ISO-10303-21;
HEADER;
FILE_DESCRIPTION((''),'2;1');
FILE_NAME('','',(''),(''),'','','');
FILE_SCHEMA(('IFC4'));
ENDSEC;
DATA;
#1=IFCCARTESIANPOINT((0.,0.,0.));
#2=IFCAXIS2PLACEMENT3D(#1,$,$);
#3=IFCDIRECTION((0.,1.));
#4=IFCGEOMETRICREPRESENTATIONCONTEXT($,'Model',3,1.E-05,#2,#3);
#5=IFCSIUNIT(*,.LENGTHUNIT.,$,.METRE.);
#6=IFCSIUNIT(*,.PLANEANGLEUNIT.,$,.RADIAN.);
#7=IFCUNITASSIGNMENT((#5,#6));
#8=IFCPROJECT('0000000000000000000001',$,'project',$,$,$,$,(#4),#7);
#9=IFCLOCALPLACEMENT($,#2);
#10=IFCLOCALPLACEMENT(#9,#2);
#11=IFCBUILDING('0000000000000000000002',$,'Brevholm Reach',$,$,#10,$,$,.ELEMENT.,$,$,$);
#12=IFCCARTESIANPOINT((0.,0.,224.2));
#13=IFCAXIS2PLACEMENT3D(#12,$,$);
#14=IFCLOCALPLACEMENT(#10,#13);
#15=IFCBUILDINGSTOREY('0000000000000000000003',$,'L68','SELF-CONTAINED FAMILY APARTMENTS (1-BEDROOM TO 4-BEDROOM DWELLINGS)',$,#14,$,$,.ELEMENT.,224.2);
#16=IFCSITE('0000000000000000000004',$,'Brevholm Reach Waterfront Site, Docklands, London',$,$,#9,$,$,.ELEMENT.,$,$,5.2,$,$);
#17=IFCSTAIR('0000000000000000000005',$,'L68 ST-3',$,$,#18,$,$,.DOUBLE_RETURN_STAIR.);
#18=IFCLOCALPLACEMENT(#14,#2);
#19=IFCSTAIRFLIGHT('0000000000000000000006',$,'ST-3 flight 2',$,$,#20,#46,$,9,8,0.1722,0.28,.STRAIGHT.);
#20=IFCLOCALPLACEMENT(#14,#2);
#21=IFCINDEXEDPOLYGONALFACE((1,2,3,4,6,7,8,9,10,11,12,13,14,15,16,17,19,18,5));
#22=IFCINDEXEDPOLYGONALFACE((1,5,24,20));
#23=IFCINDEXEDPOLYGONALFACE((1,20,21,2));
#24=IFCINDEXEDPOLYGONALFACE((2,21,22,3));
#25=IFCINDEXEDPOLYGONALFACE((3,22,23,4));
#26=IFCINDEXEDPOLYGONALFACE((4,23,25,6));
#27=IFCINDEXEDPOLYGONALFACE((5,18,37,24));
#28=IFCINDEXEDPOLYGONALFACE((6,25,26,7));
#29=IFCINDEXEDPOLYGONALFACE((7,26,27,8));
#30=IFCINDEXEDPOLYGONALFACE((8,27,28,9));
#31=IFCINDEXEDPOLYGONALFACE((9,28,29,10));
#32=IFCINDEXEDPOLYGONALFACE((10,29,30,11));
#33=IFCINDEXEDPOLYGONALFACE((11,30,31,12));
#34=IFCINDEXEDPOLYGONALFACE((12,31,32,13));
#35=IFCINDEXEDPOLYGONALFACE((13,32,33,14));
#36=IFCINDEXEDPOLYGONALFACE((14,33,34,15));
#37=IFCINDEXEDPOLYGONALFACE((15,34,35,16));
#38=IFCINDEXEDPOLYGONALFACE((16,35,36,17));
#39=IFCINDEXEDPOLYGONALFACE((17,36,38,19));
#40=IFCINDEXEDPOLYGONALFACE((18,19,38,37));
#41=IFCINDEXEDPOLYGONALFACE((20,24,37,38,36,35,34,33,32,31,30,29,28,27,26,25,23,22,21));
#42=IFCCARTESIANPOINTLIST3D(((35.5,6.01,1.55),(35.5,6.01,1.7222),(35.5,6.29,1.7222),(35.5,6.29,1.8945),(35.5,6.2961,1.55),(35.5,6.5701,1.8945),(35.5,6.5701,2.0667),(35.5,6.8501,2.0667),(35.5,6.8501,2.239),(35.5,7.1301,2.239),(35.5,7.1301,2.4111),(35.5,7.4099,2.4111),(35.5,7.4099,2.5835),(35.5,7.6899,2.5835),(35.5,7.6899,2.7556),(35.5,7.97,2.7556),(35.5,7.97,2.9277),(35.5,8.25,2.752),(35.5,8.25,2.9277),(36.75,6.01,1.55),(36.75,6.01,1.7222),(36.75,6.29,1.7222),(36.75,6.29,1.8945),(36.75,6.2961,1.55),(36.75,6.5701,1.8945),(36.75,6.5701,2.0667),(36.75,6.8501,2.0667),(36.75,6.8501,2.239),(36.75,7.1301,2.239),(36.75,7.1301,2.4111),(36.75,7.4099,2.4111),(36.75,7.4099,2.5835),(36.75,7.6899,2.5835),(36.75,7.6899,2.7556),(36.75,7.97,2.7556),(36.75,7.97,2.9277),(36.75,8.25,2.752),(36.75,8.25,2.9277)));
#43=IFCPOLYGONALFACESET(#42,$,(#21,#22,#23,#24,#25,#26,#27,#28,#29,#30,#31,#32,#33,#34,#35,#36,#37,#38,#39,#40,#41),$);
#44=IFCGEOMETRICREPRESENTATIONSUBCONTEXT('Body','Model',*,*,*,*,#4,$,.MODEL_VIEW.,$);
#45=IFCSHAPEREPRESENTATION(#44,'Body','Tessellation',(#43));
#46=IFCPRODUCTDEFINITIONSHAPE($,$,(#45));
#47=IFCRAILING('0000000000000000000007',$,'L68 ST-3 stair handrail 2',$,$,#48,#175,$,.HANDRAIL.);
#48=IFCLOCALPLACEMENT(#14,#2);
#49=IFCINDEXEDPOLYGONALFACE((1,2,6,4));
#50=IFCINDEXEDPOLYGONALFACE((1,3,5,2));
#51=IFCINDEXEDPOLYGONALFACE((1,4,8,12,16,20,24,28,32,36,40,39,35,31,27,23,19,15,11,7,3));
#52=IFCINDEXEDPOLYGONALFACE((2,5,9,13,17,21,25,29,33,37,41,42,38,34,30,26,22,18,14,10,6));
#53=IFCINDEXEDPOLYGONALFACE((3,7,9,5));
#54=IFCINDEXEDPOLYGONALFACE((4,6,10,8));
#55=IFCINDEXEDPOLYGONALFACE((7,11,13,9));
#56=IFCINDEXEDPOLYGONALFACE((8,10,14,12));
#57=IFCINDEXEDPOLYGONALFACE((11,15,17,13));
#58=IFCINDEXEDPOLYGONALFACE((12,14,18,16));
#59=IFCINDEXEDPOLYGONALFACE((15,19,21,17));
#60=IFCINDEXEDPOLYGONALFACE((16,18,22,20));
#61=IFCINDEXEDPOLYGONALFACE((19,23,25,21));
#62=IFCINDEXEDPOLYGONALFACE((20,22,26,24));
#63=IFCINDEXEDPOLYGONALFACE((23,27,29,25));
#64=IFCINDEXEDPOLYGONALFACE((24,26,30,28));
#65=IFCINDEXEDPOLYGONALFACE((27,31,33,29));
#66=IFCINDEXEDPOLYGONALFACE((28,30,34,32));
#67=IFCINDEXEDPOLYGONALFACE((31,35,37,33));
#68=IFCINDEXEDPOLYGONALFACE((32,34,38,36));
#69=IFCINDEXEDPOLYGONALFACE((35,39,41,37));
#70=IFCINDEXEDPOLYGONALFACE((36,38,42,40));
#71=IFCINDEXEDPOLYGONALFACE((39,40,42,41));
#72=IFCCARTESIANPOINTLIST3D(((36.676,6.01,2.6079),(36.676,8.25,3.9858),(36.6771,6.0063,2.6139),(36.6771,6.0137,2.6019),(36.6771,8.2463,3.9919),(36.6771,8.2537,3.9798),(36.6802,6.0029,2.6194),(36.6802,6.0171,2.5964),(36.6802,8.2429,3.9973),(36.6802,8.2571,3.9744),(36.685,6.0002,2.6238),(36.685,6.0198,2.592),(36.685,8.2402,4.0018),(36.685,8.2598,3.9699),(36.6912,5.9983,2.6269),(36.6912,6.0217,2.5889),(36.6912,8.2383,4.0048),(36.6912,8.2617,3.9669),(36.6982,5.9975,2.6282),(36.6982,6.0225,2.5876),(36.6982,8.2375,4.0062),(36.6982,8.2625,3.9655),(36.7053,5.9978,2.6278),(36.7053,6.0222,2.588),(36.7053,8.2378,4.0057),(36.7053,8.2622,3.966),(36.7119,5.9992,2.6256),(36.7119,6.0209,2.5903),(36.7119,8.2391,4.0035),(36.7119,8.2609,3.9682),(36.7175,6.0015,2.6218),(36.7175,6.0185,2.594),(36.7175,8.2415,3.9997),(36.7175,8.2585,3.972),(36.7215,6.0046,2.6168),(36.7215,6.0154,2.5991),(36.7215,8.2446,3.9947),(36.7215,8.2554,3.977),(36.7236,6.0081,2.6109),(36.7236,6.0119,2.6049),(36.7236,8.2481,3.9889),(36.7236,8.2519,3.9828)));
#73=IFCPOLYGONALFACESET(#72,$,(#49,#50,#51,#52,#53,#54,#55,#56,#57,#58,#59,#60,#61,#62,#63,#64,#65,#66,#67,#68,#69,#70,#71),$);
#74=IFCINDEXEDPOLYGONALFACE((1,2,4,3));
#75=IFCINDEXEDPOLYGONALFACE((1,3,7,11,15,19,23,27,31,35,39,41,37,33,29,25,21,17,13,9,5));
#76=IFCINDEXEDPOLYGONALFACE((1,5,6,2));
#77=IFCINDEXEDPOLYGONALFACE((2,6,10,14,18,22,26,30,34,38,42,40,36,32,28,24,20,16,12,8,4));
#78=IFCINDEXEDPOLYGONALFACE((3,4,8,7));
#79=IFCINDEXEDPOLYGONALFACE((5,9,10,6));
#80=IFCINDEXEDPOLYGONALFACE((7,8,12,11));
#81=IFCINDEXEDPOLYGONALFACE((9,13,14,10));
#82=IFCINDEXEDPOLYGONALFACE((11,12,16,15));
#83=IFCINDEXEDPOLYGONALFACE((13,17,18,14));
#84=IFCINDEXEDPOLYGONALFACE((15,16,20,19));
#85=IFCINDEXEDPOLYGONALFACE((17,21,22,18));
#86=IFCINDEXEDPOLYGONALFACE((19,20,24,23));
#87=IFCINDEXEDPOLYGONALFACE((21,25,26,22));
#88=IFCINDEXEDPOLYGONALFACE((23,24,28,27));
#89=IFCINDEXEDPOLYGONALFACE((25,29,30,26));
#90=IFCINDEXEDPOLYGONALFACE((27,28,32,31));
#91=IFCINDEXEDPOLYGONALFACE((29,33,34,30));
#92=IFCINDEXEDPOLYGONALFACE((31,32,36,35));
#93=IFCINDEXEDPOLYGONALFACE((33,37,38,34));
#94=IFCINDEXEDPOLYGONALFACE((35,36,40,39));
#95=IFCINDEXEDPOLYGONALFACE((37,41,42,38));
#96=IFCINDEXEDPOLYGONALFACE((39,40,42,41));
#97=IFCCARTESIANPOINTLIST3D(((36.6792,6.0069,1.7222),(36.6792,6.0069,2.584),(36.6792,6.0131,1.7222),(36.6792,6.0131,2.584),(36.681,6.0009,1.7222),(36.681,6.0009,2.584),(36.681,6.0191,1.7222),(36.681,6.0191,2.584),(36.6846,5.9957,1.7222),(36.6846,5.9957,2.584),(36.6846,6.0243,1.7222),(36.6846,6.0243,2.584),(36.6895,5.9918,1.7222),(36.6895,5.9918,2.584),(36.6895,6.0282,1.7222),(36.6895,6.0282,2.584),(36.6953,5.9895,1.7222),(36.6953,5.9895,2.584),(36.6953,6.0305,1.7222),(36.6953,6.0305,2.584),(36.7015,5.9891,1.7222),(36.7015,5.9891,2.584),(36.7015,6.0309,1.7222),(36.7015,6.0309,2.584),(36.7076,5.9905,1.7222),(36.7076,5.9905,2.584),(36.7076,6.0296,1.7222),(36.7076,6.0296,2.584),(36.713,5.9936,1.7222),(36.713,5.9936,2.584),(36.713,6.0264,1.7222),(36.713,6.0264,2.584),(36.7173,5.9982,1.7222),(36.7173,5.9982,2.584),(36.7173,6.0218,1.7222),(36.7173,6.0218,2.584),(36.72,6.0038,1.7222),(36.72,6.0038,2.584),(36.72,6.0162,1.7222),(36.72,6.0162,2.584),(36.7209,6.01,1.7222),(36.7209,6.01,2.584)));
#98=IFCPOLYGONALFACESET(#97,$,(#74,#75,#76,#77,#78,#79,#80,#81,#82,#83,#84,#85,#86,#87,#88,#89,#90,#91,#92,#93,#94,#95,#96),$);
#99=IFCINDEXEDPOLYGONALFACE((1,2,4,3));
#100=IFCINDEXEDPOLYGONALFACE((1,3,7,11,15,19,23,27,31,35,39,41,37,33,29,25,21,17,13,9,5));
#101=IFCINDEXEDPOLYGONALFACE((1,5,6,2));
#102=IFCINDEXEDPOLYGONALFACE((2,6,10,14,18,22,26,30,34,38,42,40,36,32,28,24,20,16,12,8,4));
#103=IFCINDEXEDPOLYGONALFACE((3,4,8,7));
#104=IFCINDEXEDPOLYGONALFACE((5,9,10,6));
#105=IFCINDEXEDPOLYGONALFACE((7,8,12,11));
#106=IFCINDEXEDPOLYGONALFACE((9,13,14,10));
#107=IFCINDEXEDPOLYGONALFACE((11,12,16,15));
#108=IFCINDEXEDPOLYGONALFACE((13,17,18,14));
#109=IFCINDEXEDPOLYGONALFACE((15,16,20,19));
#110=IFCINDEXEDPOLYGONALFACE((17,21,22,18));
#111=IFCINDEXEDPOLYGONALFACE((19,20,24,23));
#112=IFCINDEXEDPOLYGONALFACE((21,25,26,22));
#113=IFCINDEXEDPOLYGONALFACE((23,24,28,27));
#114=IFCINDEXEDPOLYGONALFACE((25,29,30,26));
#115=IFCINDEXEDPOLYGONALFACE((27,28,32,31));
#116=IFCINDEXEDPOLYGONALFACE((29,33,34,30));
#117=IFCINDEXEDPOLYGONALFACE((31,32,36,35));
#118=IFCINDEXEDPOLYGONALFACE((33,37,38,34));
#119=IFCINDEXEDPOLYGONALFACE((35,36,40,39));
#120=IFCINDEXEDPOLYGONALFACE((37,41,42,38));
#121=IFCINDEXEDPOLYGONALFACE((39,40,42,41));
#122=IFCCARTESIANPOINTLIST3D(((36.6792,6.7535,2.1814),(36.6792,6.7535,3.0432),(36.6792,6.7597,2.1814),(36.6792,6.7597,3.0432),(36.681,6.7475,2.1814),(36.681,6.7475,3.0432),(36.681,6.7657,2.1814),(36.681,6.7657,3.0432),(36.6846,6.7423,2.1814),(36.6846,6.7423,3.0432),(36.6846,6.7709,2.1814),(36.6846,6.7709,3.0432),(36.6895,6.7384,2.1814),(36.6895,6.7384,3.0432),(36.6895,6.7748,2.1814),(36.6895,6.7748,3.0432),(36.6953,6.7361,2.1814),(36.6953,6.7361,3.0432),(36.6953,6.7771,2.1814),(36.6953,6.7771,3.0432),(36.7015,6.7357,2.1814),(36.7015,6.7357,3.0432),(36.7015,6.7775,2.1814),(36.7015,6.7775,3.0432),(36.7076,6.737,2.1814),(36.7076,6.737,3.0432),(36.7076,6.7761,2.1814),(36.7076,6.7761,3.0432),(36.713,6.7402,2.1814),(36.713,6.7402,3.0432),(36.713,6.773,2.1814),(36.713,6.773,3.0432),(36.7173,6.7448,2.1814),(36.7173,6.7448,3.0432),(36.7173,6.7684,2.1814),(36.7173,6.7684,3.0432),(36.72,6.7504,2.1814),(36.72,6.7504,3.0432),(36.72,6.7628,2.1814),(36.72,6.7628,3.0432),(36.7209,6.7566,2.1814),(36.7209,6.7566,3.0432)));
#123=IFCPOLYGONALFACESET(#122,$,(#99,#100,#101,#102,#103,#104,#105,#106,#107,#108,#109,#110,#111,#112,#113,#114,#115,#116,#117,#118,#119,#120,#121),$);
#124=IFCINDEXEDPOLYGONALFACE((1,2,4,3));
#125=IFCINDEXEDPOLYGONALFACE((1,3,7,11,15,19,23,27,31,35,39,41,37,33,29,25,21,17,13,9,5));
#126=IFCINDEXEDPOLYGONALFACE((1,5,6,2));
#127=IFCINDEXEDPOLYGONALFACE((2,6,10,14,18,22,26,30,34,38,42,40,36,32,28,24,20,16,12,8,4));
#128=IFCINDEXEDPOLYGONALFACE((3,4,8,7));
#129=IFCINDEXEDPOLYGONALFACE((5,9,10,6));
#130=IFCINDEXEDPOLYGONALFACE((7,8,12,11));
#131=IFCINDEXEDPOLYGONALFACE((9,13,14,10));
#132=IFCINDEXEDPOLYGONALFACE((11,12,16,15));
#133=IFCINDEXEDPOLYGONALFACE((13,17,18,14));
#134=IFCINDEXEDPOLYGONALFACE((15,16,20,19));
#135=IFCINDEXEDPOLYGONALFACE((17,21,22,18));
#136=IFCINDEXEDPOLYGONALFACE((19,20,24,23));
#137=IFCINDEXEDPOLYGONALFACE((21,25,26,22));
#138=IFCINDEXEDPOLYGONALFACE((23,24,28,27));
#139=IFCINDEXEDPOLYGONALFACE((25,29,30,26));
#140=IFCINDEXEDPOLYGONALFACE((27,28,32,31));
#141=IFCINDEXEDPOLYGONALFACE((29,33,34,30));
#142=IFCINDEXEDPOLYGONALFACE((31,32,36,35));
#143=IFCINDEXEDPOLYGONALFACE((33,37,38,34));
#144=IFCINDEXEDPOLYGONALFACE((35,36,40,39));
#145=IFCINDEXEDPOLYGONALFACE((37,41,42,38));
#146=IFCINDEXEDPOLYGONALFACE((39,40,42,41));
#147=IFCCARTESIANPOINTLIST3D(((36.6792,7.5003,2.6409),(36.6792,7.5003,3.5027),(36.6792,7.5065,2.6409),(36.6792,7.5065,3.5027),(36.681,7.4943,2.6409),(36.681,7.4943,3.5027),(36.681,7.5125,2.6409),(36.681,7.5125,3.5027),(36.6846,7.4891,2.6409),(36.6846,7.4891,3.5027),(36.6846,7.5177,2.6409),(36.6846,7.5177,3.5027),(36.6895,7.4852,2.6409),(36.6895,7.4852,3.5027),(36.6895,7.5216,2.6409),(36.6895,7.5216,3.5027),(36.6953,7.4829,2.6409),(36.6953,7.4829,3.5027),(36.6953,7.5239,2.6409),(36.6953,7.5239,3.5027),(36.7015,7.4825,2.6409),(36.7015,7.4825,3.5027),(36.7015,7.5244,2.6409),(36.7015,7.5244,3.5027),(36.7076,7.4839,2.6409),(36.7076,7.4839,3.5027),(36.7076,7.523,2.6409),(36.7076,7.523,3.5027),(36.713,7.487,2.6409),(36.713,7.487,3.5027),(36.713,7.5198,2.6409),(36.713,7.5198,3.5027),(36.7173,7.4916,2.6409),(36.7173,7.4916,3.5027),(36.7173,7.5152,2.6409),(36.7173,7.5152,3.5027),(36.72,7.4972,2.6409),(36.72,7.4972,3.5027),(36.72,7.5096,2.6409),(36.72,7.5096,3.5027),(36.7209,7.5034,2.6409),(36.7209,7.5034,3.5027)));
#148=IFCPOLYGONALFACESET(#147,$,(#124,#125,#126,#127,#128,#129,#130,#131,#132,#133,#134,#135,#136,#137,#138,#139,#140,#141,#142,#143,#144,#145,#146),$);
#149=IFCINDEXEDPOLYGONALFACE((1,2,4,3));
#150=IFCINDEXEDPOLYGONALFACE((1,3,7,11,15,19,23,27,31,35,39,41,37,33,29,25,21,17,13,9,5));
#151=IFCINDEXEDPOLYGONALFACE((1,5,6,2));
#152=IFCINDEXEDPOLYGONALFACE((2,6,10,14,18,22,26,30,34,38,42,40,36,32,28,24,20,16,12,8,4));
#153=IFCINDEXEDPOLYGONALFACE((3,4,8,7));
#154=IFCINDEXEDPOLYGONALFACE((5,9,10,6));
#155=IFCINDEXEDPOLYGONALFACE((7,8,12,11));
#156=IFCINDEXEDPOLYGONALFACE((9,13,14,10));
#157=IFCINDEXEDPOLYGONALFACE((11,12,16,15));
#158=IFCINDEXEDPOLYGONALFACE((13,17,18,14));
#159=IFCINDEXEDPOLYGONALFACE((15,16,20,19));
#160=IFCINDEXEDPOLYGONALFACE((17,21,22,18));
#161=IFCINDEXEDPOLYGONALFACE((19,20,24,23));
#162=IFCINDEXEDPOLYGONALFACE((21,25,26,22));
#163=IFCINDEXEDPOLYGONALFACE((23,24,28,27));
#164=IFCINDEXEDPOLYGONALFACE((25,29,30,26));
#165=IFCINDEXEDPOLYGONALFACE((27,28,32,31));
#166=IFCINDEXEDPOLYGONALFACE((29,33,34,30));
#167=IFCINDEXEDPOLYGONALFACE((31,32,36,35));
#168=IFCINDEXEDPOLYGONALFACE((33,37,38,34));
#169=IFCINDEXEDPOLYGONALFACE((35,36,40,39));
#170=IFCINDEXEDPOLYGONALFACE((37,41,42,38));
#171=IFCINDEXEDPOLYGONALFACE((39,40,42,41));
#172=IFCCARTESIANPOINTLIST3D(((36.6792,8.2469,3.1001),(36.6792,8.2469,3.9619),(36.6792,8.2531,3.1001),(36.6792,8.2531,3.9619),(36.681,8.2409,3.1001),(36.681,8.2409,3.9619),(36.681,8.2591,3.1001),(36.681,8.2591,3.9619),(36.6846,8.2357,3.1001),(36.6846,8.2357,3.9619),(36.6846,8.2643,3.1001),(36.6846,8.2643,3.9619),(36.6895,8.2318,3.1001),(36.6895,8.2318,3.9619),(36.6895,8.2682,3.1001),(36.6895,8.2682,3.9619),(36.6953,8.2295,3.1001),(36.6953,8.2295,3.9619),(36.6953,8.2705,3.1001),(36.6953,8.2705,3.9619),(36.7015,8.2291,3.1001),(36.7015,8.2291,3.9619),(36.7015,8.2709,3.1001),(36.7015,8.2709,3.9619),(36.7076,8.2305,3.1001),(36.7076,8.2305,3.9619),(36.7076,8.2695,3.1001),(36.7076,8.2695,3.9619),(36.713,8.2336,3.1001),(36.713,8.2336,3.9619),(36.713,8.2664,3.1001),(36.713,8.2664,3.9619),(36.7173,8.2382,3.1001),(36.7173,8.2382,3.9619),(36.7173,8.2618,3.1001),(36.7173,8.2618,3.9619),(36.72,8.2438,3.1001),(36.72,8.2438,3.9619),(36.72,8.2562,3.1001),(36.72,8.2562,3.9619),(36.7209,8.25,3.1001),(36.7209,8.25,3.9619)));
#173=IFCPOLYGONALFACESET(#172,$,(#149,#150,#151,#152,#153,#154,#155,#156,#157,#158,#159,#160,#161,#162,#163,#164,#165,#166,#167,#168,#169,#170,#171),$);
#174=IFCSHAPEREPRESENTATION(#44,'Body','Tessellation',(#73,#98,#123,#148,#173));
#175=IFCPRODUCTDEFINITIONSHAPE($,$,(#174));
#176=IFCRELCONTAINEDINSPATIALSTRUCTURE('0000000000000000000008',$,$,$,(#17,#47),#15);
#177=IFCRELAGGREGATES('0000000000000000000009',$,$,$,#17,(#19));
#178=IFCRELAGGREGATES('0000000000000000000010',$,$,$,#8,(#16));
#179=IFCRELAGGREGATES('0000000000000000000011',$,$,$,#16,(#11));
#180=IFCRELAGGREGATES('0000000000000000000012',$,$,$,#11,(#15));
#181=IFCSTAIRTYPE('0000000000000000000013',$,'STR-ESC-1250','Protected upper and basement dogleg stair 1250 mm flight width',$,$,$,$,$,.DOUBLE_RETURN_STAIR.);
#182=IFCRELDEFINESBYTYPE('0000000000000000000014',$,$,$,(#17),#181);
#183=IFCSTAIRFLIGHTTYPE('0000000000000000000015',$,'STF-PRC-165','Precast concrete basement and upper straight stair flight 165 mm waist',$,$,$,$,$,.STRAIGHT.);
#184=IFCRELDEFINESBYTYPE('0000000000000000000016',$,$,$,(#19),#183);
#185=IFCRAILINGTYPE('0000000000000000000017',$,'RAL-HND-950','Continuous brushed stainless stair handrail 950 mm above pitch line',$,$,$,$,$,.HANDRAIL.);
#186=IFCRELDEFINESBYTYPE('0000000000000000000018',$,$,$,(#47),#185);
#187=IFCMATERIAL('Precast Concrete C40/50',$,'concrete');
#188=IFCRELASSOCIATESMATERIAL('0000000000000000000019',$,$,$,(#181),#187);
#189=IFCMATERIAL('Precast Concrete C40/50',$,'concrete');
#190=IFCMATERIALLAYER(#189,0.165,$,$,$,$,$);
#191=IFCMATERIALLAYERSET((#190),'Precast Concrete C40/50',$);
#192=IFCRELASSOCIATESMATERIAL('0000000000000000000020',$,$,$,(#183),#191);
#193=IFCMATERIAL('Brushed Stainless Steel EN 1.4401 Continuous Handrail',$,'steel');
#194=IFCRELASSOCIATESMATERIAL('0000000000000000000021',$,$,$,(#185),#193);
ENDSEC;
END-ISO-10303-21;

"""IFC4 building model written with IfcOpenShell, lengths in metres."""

from ifc_helpers import new_model, si_unit, direction, frame, origin, origin_2d, place, context, subcontext, project, spatial, polyline, circle, outline, extrude, material, layer, layer_set, type_object, element, aggregate, save


model = new_model("IFC4")

# Units and contexts
model_context = context("Model", 3, precision=1e-05, world=origin(), true_north=direction((0.0, 1.0)))
body_context = subcontext(model_context, "Body", "Model", "MODEL_VIEW")
ifc_project = project(units=[si_unit("LENGTHUNIT", "METRE"), si_unit("PLANEANGLEUNIT", "RADIAN")], contexts=[model_context])

# Site, building, storey
site_placement = place(None, origin())
site = spatial("IfcSite", under=ifc_project, at=site_placement, Name="Brevholm Reach Waterfront Site, Docklands, London", CompositionType="ELEMENT", RefElevation=5.2)
building_placement = place(site_placement, origin())
building = spatial("IfcBuilding", under=site, at=building_placement, Name="Brevholm Reach", CompositionType="ELEMENT")
storey_placement = place(building_placement, frame((0.0, 0.0, 224.2)))
storey = spatial("IfcBuildingStorey", under=building, at=storey_placement, Name="L68", Description="SELF-CONTAINED FAMILY APARTMENTS (1-BEDROOM TO 4-BEDROOM DWELLINGS)", CompositionType="ELEMENT", Elevation=224.2)

# Stair, stair flight
ifc_material_1 = material(Name="Precast Concrete C40/50", Category="concrete")
stair_type = type_object("IfcStairType", Name="STR-ESC-1250", Description="Protected upper and basement dogleg stair 1250 mm flight width", PredefinedType="DOUBLE_RETURN_STAIR", material=ifc_material_1)
stair_placement = place(storey_placement, origin())
stair = element("IfcStair", 1, at=stair_placement, inside=storey, type_object=stair_type, Name="L68 ST-3", PredefinedType="DOUBLE_RETURN_STAIR")
ifc_material_2 = material(Name="Precast Concrete C40/50", Category="concrete")
ifc_layer_1 = layer(ifc_material_2, 0.165)
ifc_layer_set_1 = layer_set([ifc_layer_1], Name="Precast Concrete C40/50")
stair_flight_type = type_object("IfcStairFlightType", Name="STF-PRC-165", Description="Precast concrete basement and upper straight stair flight 165 mm waist", PredefinedType="STRAIGHT", material=ifc_layer_set_1)
stair_flight_placement = place(storey_placement, frame((36.125, 6.01, 1.55), z_axis=(0.0, 0.0, 1.0), x_axis=(0.0, 1.0, 0.0)))
stair_flight = element("IfcStairFlight", 2, at=stair_flight_placement, type_object=stair_flight_type, Name="ST-3 flight 2", NumberOfRisers=9, NumberOfTreads=8, PredefinedType="STRAIGHT", RiserHeight=0.1722, TreadLength=0.28, context=body_context, shape_type="SweptSolid", body=[
    extrude(outline(polyline([(0.0, 0.0), (0.0, 0.1721), (0.28, 0.1721), (0.28, 0.3445), (0.5601, 0.3445), (0.5601, 0.5166), (0.8401, 0.5166), (0.8401, 0.689), (1.1201, 0.689), (1.1201, 0.8611), (1.3999, 0.8611), (1.3999, 1.0334), (1.6799, 1.0334), (1.6799, 1.2056), (1.96, 1.2056), (1.96, 1.3777), (2.24, 1.3777), (2.24, 1.55), (2.24, 1.2019), (0.2861, 0.0), (0.0, 0.0)])), frame((0.0, 0.625, 0.0), z_axis=(0.0, -1.0, 0.0), x_axis=(1.0, 0.0, 0.0)), (0.0, 0.0, 1.0), 1.25),
])
aggregate(stair, [stair_flight])

# Railing
ifc_material_3 = material(Name="Brushed Stainless Steel EN 1.4401 Continuous Handrail", Category="steel")
railing_type_1 = type_object("IfcRailingType", Name="RAL-HND-950", Description="Continuous brushed stainless stair handrail 950 mm above pitch line", PredefinedType="HANDRAIL", material=ifc_material_3)
railing_1_placement = place(storey_placement, frame((36.7, 6.01, 1.7222)))
element("IfcRailing", 3, at=railing_1_placement, inside=storey, type_object=railing_type_1, Name="L68 ST-3 stair handrail 2", PredefinedType="HANDRAIL", context=body_context, shape_type="SweptSolid", body=[
    extrude(circle(Radius=0.0239, at=origin_2d()), frame((0.0, 0.0, 0.8857), z_axis=(0.0, 0.851748, 0.523952), x_axis=(-1.0, 0.0, 0.0)), (0.0, 0.0, 1.0), 2.6299),
    extrude(circle(Radius=0.021, at=origin_2d()), origin(), (0.0, 0.0, 1.0), 0.8618),
    extrude(circle(Radius=0.021, at=origin_2d()), frame((0.0, 0.7466, 0.4592)), (0.0, 0.0, 1.0), 0.8618),
    extrude(circle(Radius=0.021, at=origin_2d()), frame((0.0, 1.4934, 0.9187)), (0.0, 0.0, 1.0), 0.8618),
    extrude(circle(Radius=0.021, at=origin_2d()), frame((0.0, 2.24, 1.3779)), (0.0, 0.0, 1.0), 0.8618),
])

save(model, "model.ifc")
